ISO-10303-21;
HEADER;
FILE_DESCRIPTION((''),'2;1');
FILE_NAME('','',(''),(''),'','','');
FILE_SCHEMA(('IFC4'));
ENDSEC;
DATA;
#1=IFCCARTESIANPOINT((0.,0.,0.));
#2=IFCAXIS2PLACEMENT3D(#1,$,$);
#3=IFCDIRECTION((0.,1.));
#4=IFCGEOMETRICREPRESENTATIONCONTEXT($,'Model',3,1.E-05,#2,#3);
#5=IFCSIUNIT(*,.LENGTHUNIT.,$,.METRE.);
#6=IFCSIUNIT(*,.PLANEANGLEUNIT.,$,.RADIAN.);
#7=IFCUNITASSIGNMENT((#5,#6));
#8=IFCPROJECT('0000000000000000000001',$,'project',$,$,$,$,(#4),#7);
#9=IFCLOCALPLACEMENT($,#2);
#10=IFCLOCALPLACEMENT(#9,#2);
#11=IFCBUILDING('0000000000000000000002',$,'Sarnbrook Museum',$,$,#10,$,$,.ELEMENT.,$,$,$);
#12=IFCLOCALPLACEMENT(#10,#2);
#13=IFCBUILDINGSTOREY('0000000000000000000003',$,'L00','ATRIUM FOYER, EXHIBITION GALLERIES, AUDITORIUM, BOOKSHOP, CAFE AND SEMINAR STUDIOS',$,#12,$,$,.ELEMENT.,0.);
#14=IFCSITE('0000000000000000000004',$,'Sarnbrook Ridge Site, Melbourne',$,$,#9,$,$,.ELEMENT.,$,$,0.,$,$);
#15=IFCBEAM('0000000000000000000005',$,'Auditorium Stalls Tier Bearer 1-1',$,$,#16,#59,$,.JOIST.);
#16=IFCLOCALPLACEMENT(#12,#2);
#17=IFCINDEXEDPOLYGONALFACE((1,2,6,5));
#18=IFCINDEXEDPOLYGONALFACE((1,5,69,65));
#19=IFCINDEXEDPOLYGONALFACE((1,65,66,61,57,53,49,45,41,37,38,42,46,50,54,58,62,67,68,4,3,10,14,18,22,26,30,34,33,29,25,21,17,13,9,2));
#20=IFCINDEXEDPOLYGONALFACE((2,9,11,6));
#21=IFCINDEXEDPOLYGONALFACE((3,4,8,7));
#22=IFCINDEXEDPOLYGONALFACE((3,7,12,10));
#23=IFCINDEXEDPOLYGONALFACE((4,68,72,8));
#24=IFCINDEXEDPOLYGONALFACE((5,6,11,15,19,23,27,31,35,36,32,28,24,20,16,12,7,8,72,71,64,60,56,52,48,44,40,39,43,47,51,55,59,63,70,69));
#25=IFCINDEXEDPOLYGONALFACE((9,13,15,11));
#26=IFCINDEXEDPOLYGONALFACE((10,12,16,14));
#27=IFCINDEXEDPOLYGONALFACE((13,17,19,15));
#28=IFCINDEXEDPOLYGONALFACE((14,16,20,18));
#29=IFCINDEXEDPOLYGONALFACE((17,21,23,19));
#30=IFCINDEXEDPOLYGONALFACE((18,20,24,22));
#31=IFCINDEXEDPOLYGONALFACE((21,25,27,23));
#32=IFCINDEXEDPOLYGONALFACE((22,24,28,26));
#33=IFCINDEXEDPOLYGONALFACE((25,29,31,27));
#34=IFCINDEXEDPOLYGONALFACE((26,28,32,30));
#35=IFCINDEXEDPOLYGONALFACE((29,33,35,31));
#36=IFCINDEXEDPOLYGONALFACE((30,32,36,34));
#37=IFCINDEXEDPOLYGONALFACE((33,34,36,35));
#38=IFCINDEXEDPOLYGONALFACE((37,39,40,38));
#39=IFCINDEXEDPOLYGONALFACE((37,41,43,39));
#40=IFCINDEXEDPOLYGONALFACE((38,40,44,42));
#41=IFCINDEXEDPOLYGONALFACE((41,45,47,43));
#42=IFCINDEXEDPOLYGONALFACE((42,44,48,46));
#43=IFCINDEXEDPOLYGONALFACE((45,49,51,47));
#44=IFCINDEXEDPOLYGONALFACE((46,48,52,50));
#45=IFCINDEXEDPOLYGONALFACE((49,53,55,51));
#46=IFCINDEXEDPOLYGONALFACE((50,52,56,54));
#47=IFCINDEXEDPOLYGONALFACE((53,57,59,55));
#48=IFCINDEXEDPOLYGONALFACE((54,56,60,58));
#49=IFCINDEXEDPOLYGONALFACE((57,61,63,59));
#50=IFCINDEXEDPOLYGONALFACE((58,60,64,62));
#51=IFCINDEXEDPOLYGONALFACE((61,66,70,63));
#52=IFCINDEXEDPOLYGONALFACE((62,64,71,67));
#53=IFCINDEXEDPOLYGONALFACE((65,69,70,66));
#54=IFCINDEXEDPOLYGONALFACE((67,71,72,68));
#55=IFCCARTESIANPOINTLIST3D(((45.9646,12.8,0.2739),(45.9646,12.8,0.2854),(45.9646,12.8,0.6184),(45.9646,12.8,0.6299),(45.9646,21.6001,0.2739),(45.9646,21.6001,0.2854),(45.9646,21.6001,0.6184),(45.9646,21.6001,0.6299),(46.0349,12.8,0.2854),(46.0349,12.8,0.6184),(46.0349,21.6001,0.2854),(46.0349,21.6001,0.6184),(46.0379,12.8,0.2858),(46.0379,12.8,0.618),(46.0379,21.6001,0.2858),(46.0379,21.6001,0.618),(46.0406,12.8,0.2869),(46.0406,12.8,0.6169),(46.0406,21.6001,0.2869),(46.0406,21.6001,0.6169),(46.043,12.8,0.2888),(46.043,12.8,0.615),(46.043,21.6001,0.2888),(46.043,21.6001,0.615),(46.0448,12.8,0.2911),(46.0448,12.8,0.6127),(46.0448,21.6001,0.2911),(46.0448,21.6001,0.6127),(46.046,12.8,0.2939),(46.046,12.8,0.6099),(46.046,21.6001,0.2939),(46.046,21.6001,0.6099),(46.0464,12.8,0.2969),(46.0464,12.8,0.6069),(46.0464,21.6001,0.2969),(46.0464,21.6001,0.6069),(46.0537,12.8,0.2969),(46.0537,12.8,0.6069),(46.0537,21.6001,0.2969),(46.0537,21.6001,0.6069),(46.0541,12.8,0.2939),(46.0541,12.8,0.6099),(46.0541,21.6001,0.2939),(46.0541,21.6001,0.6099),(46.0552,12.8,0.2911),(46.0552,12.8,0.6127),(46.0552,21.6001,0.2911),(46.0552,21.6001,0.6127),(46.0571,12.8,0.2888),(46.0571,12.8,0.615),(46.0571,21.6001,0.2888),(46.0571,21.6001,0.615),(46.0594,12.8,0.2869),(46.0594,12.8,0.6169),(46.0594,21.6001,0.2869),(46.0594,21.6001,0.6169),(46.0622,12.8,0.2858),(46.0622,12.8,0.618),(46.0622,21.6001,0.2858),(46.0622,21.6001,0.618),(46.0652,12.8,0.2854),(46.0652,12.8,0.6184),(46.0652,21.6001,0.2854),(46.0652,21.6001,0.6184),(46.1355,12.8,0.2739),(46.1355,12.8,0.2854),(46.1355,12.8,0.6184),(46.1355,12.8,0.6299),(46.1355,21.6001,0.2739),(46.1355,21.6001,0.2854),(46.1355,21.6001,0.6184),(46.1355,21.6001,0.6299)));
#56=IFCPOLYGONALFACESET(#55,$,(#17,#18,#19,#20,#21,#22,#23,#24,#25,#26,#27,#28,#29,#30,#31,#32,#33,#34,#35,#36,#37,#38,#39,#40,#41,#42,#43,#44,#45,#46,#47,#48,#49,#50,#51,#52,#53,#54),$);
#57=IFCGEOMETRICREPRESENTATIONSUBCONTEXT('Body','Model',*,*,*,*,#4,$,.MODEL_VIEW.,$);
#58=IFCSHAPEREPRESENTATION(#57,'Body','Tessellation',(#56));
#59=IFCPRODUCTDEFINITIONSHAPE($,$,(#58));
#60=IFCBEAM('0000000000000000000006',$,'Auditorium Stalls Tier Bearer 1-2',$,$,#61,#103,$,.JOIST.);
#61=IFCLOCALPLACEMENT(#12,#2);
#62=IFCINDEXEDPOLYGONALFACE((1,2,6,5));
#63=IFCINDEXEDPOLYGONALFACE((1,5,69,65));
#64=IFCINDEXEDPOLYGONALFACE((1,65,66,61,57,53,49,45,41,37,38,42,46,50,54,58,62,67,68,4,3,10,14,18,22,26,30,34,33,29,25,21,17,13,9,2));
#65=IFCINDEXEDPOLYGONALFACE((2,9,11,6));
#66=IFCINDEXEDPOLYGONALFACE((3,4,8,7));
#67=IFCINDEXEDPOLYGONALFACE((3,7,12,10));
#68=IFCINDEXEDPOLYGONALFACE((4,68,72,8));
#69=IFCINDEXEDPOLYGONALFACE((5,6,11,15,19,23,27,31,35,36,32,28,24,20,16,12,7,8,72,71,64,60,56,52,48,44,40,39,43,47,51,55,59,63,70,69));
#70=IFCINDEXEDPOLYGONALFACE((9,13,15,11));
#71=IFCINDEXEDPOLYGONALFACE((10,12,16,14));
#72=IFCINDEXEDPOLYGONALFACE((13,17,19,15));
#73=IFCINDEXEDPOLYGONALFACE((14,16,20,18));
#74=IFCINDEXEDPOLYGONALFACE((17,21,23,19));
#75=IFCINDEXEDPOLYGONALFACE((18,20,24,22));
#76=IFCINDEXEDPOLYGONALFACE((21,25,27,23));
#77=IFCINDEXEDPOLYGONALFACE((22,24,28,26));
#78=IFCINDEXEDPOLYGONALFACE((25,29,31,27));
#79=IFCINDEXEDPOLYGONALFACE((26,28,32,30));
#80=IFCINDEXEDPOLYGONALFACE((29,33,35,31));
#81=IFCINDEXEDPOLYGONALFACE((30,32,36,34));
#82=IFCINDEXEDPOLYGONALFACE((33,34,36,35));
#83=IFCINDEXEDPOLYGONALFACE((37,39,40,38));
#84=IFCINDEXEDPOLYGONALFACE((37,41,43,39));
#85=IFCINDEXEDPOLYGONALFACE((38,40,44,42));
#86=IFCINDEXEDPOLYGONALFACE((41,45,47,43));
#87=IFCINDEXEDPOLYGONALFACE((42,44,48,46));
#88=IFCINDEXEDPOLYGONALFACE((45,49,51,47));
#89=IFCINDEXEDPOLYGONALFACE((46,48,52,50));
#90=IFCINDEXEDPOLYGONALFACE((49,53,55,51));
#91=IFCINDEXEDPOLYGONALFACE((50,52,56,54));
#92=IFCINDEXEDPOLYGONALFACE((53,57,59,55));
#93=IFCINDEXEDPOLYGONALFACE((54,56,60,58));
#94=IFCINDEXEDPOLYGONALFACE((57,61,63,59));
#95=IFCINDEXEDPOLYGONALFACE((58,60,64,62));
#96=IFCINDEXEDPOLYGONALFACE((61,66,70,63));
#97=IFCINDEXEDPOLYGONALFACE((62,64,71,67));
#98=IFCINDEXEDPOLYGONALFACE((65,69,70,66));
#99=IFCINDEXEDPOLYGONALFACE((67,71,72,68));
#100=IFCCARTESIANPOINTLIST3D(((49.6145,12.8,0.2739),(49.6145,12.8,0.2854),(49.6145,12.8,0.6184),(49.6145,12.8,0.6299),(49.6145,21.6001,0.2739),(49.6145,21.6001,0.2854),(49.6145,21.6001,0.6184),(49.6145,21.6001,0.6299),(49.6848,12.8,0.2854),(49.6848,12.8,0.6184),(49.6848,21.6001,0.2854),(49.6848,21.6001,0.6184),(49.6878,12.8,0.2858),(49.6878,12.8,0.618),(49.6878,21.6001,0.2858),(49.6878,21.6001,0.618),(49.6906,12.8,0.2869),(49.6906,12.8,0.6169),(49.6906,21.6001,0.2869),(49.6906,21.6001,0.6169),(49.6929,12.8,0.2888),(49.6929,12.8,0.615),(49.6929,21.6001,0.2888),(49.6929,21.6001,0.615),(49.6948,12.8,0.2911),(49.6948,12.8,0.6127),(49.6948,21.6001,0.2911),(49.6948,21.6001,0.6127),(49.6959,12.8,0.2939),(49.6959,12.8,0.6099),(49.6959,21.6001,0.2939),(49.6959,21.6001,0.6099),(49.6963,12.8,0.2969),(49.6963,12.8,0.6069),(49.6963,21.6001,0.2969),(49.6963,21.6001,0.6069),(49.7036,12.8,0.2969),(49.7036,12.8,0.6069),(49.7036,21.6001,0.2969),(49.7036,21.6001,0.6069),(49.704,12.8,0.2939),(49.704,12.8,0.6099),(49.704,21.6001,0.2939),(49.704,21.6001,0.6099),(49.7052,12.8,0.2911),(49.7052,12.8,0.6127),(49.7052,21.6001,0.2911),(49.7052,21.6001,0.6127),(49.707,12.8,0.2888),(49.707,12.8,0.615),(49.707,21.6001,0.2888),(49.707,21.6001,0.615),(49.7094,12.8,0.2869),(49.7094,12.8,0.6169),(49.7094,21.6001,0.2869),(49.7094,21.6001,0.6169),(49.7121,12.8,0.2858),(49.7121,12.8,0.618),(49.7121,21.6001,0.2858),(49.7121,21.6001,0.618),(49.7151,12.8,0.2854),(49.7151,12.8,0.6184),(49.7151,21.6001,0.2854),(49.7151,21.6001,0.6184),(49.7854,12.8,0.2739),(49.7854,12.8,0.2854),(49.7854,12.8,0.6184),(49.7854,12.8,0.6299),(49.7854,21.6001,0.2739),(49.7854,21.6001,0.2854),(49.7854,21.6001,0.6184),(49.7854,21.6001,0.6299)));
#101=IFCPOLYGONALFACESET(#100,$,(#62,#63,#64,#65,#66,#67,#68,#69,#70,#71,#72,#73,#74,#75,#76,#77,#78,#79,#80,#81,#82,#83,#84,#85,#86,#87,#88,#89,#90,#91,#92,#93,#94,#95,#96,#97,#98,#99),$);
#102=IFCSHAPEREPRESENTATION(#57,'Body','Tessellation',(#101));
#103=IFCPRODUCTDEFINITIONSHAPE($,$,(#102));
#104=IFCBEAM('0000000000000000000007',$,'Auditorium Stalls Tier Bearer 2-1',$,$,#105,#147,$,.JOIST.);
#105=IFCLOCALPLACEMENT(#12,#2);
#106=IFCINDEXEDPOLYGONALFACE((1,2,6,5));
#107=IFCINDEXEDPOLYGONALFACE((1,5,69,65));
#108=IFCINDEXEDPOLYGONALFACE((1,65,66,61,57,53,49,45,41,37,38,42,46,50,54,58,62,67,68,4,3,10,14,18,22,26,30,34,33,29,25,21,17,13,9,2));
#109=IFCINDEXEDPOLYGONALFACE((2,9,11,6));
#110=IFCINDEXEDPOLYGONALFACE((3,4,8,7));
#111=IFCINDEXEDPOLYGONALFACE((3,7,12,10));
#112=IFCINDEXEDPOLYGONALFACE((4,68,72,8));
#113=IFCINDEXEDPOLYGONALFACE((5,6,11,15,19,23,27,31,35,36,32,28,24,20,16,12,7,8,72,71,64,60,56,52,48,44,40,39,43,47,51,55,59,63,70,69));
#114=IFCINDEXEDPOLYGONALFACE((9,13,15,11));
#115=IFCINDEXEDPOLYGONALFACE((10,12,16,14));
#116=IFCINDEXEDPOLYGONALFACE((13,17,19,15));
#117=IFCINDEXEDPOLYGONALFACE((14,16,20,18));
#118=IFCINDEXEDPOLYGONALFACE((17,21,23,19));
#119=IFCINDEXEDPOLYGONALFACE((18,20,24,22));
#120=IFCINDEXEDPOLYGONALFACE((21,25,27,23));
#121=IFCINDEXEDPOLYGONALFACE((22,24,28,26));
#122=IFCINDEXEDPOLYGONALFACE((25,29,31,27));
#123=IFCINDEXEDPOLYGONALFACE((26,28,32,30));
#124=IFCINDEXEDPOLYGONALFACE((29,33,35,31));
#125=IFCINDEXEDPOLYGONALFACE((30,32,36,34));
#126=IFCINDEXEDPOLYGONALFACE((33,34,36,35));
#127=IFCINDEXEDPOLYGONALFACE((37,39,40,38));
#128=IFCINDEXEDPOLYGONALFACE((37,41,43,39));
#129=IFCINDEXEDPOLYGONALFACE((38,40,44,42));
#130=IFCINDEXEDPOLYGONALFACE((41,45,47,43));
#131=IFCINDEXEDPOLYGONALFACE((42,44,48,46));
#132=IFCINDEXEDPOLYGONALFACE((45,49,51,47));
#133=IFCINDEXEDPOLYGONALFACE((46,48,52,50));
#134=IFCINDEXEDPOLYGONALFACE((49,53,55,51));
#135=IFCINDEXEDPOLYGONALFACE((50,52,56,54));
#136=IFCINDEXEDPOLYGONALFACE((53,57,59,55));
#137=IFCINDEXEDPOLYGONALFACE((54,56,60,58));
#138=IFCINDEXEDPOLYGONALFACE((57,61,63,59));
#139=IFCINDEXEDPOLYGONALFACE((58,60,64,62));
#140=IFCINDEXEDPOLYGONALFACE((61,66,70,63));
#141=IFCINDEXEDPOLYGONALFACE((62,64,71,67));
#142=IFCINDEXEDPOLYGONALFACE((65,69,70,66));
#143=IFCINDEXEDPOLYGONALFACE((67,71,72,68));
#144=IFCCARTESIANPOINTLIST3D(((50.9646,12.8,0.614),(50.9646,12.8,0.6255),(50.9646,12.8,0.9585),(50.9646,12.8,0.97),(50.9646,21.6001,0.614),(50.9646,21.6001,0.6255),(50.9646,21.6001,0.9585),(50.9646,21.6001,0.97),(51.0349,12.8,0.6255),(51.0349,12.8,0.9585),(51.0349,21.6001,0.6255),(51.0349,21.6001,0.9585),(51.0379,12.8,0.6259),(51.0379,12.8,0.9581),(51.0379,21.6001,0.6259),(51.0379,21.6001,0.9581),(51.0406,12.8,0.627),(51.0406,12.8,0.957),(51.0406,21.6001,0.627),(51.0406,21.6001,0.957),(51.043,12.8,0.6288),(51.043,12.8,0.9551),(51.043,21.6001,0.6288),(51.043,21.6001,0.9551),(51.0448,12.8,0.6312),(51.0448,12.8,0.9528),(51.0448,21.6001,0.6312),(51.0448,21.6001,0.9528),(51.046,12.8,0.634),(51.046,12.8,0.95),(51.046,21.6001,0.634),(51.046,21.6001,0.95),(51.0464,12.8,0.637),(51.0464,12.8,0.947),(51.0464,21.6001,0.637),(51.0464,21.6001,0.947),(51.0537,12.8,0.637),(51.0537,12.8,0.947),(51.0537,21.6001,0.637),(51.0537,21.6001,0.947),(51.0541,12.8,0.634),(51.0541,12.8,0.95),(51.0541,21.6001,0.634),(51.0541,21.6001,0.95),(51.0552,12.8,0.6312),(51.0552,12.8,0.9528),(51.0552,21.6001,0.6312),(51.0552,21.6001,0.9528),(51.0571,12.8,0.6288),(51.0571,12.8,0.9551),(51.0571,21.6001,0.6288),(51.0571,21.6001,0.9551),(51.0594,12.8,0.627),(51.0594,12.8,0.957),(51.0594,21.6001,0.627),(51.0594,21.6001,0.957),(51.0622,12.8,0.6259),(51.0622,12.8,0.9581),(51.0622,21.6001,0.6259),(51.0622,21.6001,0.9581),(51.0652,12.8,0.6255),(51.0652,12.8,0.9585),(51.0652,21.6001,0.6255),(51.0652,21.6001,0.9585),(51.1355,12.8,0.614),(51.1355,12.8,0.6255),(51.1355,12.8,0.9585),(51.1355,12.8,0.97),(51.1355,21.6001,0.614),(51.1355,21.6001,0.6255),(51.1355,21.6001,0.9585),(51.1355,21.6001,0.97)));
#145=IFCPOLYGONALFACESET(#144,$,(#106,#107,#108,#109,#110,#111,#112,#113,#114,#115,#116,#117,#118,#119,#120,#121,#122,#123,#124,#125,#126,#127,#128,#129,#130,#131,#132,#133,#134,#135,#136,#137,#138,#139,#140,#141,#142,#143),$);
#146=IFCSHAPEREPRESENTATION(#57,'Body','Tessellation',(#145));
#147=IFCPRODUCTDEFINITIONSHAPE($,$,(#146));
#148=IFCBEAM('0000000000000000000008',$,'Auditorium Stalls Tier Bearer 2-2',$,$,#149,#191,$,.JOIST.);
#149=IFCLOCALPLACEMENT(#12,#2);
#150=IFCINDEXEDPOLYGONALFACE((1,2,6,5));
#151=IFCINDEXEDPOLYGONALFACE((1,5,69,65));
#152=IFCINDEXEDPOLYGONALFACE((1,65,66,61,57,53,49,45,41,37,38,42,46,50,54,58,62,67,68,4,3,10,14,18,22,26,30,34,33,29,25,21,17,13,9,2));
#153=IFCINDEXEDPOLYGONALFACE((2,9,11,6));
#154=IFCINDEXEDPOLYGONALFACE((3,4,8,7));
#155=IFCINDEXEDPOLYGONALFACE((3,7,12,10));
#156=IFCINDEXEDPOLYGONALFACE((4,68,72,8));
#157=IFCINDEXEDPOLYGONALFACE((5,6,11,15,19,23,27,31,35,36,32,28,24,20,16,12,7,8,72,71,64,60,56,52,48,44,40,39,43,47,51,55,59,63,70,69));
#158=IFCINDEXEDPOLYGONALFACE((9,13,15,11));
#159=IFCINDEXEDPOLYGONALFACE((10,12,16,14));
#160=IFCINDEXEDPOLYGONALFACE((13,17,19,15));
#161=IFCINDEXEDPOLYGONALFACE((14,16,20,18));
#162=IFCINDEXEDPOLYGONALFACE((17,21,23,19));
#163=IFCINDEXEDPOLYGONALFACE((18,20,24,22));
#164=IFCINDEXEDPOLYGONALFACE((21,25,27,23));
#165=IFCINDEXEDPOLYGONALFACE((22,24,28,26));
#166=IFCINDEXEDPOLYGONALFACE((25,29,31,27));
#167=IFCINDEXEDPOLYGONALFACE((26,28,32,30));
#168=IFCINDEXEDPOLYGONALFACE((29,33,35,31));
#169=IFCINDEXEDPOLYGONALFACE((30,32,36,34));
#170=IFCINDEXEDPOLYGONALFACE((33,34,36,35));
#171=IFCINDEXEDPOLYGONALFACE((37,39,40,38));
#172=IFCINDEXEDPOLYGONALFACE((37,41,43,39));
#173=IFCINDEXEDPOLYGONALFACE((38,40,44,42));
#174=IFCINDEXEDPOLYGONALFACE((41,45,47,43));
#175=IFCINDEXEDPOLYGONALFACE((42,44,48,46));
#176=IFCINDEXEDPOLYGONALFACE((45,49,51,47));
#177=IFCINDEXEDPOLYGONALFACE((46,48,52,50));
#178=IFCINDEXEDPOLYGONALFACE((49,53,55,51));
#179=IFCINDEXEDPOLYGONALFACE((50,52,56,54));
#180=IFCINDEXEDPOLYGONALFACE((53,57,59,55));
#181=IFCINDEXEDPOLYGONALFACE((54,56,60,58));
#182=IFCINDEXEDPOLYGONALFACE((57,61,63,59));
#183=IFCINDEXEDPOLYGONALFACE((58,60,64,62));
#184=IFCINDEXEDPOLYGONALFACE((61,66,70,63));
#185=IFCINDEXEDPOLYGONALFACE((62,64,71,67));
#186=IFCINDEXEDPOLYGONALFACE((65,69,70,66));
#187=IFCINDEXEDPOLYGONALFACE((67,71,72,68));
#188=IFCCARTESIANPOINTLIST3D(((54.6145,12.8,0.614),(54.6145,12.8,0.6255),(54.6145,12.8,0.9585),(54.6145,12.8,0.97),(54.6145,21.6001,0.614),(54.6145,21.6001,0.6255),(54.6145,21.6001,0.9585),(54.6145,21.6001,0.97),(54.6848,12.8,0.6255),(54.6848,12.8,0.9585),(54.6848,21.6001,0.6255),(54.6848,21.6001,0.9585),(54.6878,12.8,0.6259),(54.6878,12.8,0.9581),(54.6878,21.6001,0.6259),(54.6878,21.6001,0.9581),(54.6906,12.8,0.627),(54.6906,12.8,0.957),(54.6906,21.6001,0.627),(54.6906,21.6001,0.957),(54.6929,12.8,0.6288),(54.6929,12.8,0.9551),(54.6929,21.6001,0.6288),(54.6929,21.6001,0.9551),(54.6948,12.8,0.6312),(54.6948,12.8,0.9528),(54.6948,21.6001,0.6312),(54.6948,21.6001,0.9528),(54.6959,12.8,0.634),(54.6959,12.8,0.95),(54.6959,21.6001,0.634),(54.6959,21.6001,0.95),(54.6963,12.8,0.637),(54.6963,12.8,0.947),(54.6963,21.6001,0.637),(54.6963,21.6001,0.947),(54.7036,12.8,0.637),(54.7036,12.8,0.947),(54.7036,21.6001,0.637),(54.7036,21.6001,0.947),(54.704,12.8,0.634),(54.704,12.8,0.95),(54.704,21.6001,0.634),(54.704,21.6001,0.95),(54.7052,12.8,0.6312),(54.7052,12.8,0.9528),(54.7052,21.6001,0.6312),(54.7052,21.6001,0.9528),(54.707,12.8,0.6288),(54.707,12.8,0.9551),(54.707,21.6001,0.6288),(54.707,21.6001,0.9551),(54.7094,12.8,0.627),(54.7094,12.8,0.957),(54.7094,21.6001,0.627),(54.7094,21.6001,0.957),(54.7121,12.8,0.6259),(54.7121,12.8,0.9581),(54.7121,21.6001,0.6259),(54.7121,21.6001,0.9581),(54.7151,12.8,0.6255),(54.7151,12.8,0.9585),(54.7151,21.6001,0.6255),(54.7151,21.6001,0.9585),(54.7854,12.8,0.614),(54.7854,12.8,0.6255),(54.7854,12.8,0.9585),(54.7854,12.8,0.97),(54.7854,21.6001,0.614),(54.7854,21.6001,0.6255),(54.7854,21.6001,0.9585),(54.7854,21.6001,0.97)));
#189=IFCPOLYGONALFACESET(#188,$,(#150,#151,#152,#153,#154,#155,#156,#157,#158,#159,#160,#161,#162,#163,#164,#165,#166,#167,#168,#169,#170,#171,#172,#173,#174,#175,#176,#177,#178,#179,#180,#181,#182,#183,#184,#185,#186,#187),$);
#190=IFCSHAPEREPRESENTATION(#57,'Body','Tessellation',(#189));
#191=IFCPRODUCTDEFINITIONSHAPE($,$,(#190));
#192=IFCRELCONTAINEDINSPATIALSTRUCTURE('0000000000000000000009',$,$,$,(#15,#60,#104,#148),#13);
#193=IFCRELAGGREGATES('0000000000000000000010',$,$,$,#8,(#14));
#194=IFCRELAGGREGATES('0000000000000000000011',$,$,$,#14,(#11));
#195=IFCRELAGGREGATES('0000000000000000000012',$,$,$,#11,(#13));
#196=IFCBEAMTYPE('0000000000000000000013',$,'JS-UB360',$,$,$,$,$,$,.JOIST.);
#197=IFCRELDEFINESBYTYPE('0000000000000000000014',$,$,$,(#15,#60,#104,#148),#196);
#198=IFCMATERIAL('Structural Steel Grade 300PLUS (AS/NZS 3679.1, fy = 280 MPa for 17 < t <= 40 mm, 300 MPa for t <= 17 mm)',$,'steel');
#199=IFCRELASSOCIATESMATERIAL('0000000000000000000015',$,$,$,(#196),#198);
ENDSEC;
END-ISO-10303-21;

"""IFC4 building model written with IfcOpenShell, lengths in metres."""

from ifc_helpers import new_model, si_unit, direction, frame, origin, origin_2d, place, context, subcontext, project, spatial, i_section, extrude, material, material_profile, profile_set, type_object, element, save


model = new_model("IFC4")

# Units and contexts
model_context = context("Model", 3, precision=1e-05, world=origin(), true_north=direction((0.0, 1.0)))
body_context = subcontext(model_context, "Body", "Model", "MODEL_VIEW")
ifc_project = project(units=[si_unit("LENGTHUNIT", "METRE"), si_unit("PLANEANGLEUNIT", "RADIAN")], contexts=[model_context])

# Site, building, storey
site_placement = place(None, origin())
site = spatial("IfcSite", under=ifc_project, at=site_placement, Name="Sarnbrook Ridge Site, Melbourne", CompositionType="ELEMENT", RefElevation=0.0)
building_placement = place(site_placement, origin())
building = spatial("IfcBuilding", under=site, at=building_placement, Name="Sarnbrook Museum", CompositionType="ELEMENT")
storey_placement = place(building_placement, origin())
storey = spatial("IfcBuildingStorey", under=building, at=storey_placement, Name="L00", Description="ATRIUM FOYER, EXHIBITION GALLERIES, AUDITORIUM, BOOKSHOP, CAFE AND SEMINAR STUDIOS", CompositionType="ELEMENT", Elevation=0.0)

# Shared definitions
ifc_material_1 = material(Name="Structural Steel Grade 300PLUS (AS/NZS 3679.1, fy = 280 MPa for 17 < t <= 40 mm, 300 MPa for t <= 17 mm)", Category="steel")

# Beams
ifc_material_profile_1 = material_profile(ifc_material_1, i_section(OverallWidth=0.1709, OverallDepth=0.356, WebThickness=0.0073, FlangeThickness=0.0115, FilletRadius=0.0115, at=origin_2d()), Name="360UB50.7")
ifc_profile_set_1 = profile_set([ifc_material_profile_1], Name="Structural Steel Grade 300PLUS (AS/NZS 3679.1, fy = 280 MPa for 17 < t <= 40 mm, 300 MPa for t <= 17 mm)")
beam_type_1 = type_object("IfcBeamType", Name="JS-UB360", PredefinedType="JOIST", material=ifc_profile_set_1)
for number, where, z_axis, x_axis, name in (
    (1, (46.05, 12.8, 0.4519), (0.0, 1.0, 0.0), (-1.0, 0.0, 0.0), "Auditorium Stalls Tier Bearer 1-1"),
    (2, (49.7, 12.8, 0.4519), (0.0, 1.0, 0.0), (-1.0, 0.0, 0.0), "Auditorium Stalls Tier Bearer 1-2"),
    (3, (51.05, 12.8, 0.792), (0.0, 1.0, 0.0), (-1.0, 0.0, 0.0), "Auditorium Stalls Tier Bearer 2-1"),
    (4, (54.7, 12.8, 0.792), (0.0, 1.0, 0.0), (-1.0, 0.0, 0.0), "Auditorium Stalls Tier Bearer 2-2"),
):
    element("IfcBeam", number, at=place(storey_placement, frame(where, z_axis=z_axis, x_axis=x_axis)), inside=storey, type_object=beam_type_1, Name=name, PredefinedType="JOIST", context=body_context, shape_type="SweptSolid", body=[
        extrude(i_section(OverallWidth=0.1709, OverallDepth=0.356, WebThickness=0.0073, FlangeThickness=0.0115, FilletRadius=0.0115, at=origin_2d()), origin(), (0.0, 0.0, 1.0), 8.8),
    ])

save(model, "model.ifc")
